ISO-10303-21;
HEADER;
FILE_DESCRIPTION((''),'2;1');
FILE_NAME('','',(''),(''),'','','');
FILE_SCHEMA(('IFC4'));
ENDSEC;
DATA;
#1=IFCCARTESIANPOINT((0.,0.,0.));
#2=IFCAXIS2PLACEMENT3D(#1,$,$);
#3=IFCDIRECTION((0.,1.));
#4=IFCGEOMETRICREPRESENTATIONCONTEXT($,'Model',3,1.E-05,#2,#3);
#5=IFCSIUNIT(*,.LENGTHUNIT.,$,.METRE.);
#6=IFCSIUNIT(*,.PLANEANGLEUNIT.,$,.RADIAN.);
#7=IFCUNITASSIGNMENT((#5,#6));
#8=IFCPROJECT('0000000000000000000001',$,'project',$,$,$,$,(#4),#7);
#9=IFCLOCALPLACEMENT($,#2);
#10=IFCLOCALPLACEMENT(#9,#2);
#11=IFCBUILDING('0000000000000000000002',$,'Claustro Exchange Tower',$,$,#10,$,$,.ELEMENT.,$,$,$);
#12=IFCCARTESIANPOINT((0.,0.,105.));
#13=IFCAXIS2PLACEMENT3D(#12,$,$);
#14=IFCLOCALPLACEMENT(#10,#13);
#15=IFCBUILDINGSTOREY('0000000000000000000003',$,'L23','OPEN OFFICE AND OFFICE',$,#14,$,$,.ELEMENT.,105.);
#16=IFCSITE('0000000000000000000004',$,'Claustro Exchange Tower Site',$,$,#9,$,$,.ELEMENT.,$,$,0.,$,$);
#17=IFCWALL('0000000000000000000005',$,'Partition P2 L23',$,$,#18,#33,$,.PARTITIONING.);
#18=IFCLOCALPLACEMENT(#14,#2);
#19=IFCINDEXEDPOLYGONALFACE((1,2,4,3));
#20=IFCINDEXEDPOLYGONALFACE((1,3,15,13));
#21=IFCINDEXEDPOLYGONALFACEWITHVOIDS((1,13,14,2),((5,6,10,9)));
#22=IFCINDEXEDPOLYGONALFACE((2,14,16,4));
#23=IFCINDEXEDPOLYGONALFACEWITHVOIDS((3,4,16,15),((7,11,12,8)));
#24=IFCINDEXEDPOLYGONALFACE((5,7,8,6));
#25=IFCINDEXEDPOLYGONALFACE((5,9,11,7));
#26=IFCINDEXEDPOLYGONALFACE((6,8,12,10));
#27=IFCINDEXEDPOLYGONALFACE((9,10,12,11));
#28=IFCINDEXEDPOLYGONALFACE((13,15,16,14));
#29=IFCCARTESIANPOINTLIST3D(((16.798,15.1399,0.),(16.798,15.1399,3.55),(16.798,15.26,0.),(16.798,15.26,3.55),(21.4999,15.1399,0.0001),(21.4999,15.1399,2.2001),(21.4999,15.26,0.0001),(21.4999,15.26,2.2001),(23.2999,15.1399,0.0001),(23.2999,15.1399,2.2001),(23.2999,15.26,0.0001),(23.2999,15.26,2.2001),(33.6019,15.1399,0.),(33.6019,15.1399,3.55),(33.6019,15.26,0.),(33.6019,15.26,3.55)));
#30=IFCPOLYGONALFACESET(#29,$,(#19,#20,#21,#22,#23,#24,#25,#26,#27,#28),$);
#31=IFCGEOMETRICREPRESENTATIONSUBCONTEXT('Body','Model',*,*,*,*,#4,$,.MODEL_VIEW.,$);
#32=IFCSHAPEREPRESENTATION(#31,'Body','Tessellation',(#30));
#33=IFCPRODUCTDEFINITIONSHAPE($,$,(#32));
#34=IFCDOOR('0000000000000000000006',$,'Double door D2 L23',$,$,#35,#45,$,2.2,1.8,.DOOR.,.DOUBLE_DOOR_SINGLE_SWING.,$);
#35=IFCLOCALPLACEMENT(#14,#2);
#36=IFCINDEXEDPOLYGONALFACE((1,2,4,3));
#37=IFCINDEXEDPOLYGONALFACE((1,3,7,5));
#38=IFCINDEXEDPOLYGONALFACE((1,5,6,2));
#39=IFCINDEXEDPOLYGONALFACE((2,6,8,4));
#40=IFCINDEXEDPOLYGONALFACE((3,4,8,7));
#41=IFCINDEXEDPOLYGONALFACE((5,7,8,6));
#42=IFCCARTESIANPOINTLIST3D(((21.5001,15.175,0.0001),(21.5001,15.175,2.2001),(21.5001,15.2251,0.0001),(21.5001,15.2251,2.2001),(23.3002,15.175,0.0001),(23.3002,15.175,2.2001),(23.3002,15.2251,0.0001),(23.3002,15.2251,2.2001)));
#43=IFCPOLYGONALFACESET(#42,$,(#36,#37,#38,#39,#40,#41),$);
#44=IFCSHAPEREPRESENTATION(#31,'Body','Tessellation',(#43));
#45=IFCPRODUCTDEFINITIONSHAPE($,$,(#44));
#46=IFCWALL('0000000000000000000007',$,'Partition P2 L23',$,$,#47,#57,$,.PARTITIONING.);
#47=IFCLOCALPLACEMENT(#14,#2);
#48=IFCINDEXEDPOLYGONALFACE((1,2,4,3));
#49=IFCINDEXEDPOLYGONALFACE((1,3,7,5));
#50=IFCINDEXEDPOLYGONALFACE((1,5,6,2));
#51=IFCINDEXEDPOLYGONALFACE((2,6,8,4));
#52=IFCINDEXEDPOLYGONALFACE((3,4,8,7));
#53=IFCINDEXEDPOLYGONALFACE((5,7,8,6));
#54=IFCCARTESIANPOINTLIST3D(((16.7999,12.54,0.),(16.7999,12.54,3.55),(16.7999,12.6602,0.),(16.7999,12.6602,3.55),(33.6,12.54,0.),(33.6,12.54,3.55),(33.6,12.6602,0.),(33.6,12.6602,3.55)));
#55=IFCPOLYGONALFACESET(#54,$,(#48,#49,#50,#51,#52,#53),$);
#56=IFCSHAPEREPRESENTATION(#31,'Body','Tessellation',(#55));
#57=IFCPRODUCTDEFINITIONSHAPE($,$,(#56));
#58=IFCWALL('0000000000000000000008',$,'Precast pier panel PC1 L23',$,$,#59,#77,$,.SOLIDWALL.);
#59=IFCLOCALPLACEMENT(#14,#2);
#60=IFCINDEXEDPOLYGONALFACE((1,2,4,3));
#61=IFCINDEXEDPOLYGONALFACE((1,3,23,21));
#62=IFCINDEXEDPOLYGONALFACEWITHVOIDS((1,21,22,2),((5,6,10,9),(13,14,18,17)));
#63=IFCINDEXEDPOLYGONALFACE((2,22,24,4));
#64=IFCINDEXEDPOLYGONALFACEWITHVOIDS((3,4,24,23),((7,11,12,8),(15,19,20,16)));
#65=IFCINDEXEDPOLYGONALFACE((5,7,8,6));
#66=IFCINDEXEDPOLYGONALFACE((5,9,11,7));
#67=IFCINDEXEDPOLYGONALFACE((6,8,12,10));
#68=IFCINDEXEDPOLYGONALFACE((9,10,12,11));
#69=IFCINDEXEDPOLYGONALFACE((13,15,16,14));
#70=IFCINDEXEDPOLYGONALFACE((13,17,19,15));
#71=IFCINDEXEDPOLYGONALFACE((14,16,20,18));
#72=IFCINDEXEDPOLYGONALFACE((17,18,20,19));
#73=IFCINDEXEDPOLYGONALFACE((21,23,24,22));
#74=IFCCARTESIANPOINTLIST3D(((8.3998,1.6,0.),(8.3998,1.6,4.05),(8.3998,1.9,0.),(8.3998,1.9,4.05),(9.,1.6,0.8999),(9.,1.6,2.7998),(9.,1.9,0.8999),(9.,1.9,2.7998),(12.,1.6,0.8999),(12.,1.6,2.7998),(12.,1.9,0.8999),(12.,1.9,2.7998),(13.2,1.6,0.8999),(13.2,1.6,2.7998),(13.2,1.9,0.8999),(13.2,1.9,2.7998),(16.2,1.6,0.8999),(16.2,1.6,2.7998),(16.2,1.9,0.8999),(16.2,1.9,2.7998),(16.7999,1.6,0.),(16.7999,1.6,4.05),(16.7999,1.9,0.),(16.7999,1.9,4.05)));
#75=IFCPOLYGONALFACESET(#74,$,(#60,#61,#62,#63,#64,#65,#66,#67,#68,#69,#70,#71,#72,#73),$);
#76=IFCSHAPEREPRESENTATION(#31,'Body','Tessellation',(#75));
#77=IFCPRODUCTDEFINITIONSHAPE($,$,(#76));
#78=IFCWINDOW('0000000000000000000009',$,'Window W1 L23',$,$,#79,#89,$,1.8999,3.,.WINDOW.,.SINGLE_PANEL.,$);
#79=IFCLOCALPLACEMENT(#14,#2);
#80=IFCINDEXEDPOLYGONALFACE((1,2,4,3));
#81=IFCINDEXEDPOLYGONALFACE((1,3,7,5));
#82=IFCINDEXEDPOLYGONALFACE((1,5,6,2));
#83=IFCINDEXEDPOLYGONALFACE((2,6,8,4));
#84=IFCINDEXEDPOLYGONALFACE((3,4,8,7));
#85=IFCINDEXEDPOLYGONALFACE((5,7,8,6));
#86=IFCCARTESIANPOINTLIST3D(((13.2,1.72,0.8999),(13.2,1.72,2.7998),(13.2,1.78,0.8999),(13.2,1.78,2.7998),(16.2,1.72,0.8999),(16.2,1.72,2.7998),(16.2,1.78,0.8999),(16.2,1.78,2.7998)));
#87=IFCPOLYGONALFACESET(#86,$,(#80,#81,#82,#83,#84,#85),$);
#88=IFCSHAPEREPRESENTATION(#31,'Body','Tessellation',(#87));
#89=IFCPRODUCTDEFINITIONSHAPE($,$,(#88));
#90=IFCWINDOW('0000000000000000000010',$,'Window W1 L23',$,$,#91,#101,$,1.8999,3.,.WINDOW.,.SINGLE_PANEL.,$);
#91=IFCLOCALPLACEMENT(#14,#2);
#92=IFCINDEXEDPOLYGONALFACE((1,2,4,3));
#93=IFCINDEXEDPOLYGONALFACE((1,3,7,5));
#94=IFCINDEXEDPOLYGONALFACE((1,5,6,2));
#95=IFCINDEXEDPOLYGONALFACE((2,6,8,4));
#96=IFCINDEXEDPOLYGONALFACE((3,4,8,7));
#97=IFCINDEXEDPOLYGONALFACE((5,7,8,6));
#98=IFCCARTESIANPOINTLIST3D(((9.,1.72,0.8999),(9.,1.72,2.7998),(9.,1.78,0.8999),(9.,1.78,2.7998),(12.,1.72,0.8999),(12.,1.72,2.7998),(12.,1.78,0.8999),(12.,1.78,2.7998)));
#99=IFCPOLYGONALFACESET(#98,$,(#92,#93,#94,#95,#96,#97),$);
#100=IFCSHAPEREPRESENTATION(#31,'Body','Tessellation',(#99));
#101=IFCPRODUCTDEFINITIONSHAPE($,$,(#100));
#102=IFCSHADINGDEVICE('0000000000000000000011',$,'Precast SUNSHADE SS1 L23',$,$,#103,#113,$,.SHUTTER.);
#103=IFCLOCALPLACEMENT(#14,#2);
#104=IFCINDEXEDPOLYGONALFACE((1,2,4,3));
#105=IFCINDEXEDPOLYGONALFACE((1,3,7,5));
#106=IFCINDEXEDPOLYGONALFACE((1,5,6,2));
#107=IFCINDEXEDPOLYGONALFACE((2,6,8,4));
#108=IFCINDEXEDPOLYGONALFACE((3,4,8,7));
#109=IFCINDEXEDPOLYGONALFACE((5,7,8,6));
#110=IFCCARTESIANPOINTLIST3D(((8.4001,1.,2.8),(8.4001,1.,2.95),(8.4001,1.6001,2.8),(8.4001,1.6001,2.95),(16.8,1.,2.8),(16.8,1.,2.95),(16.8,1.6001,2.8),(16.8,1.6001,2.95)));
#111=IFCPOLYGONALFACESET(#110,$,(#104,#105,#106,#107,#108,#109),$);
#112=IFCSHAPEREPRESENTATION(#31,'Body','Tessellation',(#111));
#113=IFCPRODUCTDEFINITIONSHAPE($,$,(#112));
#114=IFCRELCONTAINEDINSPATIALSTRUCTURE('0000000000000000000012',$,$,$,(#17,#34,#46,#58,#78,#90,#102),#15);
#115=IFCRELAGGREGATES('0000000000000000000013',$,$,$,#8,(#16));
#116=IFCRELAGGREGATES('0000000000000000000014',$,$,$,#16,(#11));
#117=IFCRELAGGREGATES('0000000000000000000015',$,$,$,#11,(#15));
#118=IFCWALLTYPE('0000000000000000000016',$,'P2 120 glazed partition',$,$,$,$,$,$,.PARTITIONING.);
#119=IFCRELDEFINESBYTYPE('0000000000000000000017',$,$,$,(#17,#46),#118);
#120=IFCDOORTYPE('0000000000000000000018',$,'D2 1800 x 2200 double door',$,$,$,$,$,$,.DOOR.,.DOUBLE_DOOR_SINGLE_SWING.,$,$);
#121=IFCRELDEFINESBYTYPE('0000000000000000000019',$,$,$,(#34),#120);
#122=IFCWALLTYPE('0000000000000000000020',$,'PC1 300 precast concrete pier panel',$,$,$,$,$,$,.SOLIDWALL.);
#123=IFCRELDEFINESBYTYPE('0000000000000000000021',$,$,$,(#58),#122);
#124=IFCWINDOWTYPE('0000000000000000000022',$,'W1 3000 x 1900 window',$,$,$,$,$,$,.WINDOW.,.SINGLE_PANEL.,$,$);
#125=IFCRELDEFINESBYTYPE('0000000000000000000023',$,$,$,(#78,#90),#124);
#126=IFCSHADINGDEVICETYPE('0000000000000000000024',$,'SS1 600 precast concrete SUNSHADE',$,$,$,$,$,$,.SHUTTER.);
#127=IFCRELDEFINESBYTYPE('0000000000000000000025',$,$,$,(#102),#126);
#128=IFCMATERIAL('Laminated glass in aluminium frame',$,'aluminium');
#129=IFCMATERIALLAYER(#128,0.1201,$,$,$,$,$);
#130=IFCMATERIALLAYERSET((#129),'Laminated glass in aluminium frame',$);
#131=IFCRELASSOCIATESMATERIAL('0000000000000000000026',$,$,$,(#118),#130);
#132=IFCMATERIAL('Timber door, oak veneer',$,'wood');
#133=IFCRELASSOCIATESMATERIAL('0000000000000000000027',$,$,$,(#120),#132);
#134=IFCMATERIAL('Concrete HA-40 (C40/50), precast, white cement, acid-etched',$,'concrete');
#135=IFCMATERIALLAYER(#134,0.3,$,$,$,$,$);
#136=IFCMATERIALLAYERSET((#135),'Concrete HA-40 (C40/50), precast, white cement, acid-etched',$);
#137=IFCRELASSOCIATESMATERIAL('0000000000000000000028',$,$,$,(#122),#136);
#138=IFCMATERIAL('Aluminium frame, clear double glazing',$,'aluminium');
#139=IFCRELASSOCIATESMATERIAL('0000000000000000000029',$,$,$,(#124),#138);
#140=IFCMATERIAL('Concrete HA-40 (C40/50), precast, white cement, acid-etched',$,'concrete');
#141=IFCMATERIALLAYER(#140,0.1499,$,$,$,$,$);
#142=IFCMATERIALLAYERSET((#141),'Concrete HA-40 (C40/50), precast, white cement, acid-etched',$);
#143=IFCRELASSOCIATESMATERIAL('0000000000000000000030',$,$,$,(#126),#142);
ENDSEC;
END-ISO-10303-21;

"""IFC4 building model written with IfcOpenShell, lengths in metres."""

from ifc_helpers import new_model, si_unit, direction, frame, frame_2d, origin, origin_2d, place, context, subcontext, project, spatial, rectangle, extrude, material, layer, layer_set, type_object, element, fill, save


model = new_model("IFC4")

# Units and contexts
model_context = context("Model", 3, precision=1e-05, world=origin(), true_north=direction((0.0, 1.0)))
body_context = subcontext(model_context, "Body", "Model", "MODEL_VIEW")
ifc_project = project(units=[si_unit("LENGTHUNIT", "METRE"), si_unit("PLANEANGLEUNIT", "RADIAN")], contexts=[model_context])

# Site, building, storey
site_placement = place(None, origin())
site = spatial("IfcSite", under=ifc_project, at=site_placement, Name="Claustro Exchange Tower Site", CompositionType="ELEMENT", RefElevation=0.0)
building_placement = place(site_placement, origin())
building = spatial("IfcBuilding", under=site, at=building_placement, Name="Claustro Exchange Tower", CompositionType="ELEMENT")
storey_placement = place(building_placement, frame((0.0, 0.0, 105.0)))
storey = spatial("IfcBuildingStorey", under=building, at=storey_placement, Name="L23", Description="OPEN OFFICE AND OFFICE", CompositionType="ELEMENT", Elevation=105.0)

# Shared definitions
ifc_material_1 = material(Name="Laminated glass in aluminium frame", Category="aluminium")
ifc_layer_1 = layer(ifc_material_1, 0.1201)
ifc_layer_set_1 = layer_set([ifc_layer_1], Name="Laminated glass in aluminium frame")
wall_type_1 = type_object("IfcWallType", Name="P2 120 glazed partition", PredefinedType="PARTITIONING", material=ifc_layer_set_1)

# Wall, opening, door
wall_1_placement = place(storey_placement, frame((16.7981, 15.2, 0.0), z_axis=(0.0, 0.0, 1.0), x_axis=(1.0, 0.0, 0.0)))
wall_1 = element("IfcWall", 1, at=wall_1_placement, inside=storey, type_object=wall_type_1, Name="Partition P2 L23", PredefinedType="PARTITIONING", context=body_context, shape_type="SweptSolid", body=[
    extrude(rectangle(XDim=16.804, YDim=0.1201, at=frame_2d((8.4019, 0.0))), origin(), (0.0, 0.0, 1.0), 3.55),
])
opening_1_placement = place(wall_1_placement, frame((4.7019, 0.0, 0.0)))
opening_1 = element("IfcOpeningElement", 2, at=opening_1_placement, cuts=wall_1, PredefinedType="OPENING", context=body_context, shape_type="SweptSolid", body=[
    extrude(rectangle(XDim=1.8, YDim=2.2, at=frame_2d((0.8999, 1.1001))), frame((0.0, 0.0701, 0.0), z_axis=(0.0, -1.0, 0.0), x_axis=(1.0, 0.0, 0.0)), (0.0, 0.0, 1.0), 0.1401),
])
ifc_material_2 = material(Name="Timber door, oak veneer", Category="wood")
door_type_1 = type_object("IfcDoorType", Name="D2 1800 x 2200 double door", OperationType="DOUBLE_DOOR_SINGLE_SWING", PredefinedType="DOOR", material=ifc_material_2)
door_1_placement = place(opening_1_placement, frame((1.8, 0.0, 0.0), z_axis=(0.0, 0.0, 1.0), x_axis=(-1.0, 0.0, 0.0)))
door_1 = element("IfcDoor", 3, at=door_1_placement, inside=storey, type_object=door_type_1, Name="Double door D2 L23", OperationType="DOUBLE_DOOR_SINGLE_SWING", OverallHeight=2.2, OverallWidth=1.8, PredefinedType="DOOR", context=body_context, shape_type="SweptSolid", body=[
    extrude(rectangle(XDim=1.8, YDim=2.2, at=frame_2d((0.8999, 1.1001))), frame((0.0, 0.0249, 0.0), z_axis=(0.0, -1.0, 0.0), x_axis=(1.0, 0.0, 0.0)), (0.0, 0.0, 1.0), 0.05),
])
fill(opening_1, door_1)

# Wall
wall_2_placement = place(storey_placement, frame((16.8, 12.6001, 0.0), z_axis=(0.0, 0.0, 1.0), x_axis=(1.0, 0.0, 0.0)))
element("IfcWall", 4, at=wall_2_placement, inside=storey, type_object=wall_type_1, Name="Partition P2 L23", PredefinedType="PARTITIONING", context=body_context, shape_type="SweptSolid", body=[
    extrude(rectangle(XDim=16.8, YDim=0.1201, at=frame_2d((8.3999, 0.0))), origin(), (0.0, 0.0, 1.0), 3.55),
])

# Wall, openings, windows
ifc_material_3 = material(Name="Concrete HA-40 (C40/50), precast, white cement, acid-etched", Category="concrete")
ifc_layer_2 = layer(ifc_material_3, 0.3)
ifc_layer_set_2 = layer_set([ifc_layer_2], Name="Concrete HA-40 (C40/50), precast, white cement, acid-etched")
wall_type_2 = type_object("IfcWallType", Name="PC1 300 precast concrete pier panel", PredefinedType="SOLIDWALL", material=ifc_layer_set_2)
wall_3_placement = place(storey_placement, frame((16.8, 1.75, 0.0), z_axis=(0.0, 0.0, 1.0), x_axis=(-1.0, 0.0, 0.0)))
wall_3 = element("IfcWall", 5, at=wall_3_placement, inside=storey, type_object=wall_type_2, Name="Precast pier panel PC1 L23", PredefinedType="SOLIDWALL", context=body_context, shape_type="SweptSolid", body=[
    extrude(rectangle(XDim=8.4001, YDim=0.3, at=frame_2d((4.2002, 0.0))), origin(), (0.0, 0.0, 1.0), 4.05),
])
opening_2_placement = place(wall_3_placement, frame((0.6001, 0.0, 0.8999)))
opening_2 = element("IfcOpeningElement", 6, at=opening_2_placement, cuts=wall_3, PredefinedType="OPENING", context=body_context, shape_type="SweptSolid", body=[
    extrude(rectangle(XDim=3.0, YDim=1.8999, at=frame_2d((1.5, 0.95))), frame((0.0, 0.1599, 0.0), z_axis=(0.0, -1.0, 0.0), x_axis=(1.0, 0.0, 0.0)), (0.0, 0.0, 1.0), 0.3201),
])
opening_3_placement = place(wall_3_placement, frame((4.8, 0.0, 0.8999)))
opening_3 = element("IfcOpeningElement", 7, at=opening_3_placement, cuts=wall_3, PredefinedType="OPENING", context=body_context, shape_type="SweptSolid", body=[
    extrude(rectangle(XDim=3.0, YDim=1.8999, at=frame_2d((1.5, 0.95))), frame((0.0, 0.1599, 0.0), z_axis=(0.0, -1.0, 0.0), x_axis=(1.0, 0.0, 0.0)), (0.0, 0.0, 1.0), 0.3201),
])
ifc_material_4 = material(Name="Aluminium frame, clear double glazing", Category="aluminium")
window_type = type_object("IfcWindowType", Name="W1 3000 x 1900 window", PartitioningType="SINGLE_PANEL", PredefinedType="WINDOW", material=ifc_material_4)
window_1_placement = place(opening_2_placement, origin())
window_1 = element("IfcWindow", 8, at=window_1_placement, inside=storey, type_object=window_type, Name="Window W1 L23", OverallHeight=1.8999, OverallWidth=3.0, PartitioningType="SINGLE_PANEL", PredefinedType="WINDOW", context=body_context, shape_type="SweptSolid", body=[
    extrude(rectangle(XDim=3.0, YDim=1.8999, at=frame_2d((1.5, 0.95))), frame((0.0, 0.03, 0.0), z_axis=(0.0, -1.0, 0.0), x_axis=(1.0, 0.0, 0.0)), (0.0, 0.0, 1.0), 0.0601),
])
fill(opening_2, window_1)
window_2_placement = place(opening_3_placement, origin())
window_2 = element("IfcWindow", 9, at=window_2_placement, inside=storey, type_object=window_type, Name="Window W1 L23", OverallHeight=1.8999, OverallWidth=3.0, PartitioningType="SINGLE_PANEL", PredefinedType="WINDOW", context=body_context, shape_type="SweptSolid", body=[
    extrude(rectangle(XDim=3.0, YDim=1.8999, at=frame_2d((1.5, 0.95))), frame((0.0, 0.03, 0.0), z_axis=(0.0, -1.0, 0.0), x_axis=(1.0, 0.0, 0.0)), (0.0, 0.0, 1.0), 0.0601),
])
fill(opening_3, window_2)

# Shading device
ifc_material_5 = material(Name="Concrete HA-40 (C40/50), precast, white cement, acid-etched", Category="concrete")
ifc_layer_3 = layer(ifc_material_5, 0.1499)
ifc_layer_set_3 = layer_set([ifc_layer_3], Name="Concrete HA-40 (C40/50), precast, white cement, acid-etched")
shading_device_type = type_object("IfcShadingDeviceType", Name="SS1 600 precast concrete SUNSHADE", PredefinedType="SHUTTER", material=ifc_layer_set_3)
shading_device_placement = place(storey_placement, frame((12.6001, 1.3, 2.8), z_axis=(0.0, 0.0, 1.0), x_axis=(-1.0, 0.0, 0.0)))
element("IfcShadingDevice", 10, at=shading_device_placement, inside=storey, type_object=shading_device_type, Name="Precast SUNSHADE SS1 L23", PredefinedType="SHUTTER", context=body_context, shape_type="SweptSolid", body=[
    extrude(rectangle(XDim=8.3999, YDim=0.6001, at=origin_2d()), origin(), (0.0, 0.0, 1.0), 0.1499),
])

save(model, "model.ifc")
